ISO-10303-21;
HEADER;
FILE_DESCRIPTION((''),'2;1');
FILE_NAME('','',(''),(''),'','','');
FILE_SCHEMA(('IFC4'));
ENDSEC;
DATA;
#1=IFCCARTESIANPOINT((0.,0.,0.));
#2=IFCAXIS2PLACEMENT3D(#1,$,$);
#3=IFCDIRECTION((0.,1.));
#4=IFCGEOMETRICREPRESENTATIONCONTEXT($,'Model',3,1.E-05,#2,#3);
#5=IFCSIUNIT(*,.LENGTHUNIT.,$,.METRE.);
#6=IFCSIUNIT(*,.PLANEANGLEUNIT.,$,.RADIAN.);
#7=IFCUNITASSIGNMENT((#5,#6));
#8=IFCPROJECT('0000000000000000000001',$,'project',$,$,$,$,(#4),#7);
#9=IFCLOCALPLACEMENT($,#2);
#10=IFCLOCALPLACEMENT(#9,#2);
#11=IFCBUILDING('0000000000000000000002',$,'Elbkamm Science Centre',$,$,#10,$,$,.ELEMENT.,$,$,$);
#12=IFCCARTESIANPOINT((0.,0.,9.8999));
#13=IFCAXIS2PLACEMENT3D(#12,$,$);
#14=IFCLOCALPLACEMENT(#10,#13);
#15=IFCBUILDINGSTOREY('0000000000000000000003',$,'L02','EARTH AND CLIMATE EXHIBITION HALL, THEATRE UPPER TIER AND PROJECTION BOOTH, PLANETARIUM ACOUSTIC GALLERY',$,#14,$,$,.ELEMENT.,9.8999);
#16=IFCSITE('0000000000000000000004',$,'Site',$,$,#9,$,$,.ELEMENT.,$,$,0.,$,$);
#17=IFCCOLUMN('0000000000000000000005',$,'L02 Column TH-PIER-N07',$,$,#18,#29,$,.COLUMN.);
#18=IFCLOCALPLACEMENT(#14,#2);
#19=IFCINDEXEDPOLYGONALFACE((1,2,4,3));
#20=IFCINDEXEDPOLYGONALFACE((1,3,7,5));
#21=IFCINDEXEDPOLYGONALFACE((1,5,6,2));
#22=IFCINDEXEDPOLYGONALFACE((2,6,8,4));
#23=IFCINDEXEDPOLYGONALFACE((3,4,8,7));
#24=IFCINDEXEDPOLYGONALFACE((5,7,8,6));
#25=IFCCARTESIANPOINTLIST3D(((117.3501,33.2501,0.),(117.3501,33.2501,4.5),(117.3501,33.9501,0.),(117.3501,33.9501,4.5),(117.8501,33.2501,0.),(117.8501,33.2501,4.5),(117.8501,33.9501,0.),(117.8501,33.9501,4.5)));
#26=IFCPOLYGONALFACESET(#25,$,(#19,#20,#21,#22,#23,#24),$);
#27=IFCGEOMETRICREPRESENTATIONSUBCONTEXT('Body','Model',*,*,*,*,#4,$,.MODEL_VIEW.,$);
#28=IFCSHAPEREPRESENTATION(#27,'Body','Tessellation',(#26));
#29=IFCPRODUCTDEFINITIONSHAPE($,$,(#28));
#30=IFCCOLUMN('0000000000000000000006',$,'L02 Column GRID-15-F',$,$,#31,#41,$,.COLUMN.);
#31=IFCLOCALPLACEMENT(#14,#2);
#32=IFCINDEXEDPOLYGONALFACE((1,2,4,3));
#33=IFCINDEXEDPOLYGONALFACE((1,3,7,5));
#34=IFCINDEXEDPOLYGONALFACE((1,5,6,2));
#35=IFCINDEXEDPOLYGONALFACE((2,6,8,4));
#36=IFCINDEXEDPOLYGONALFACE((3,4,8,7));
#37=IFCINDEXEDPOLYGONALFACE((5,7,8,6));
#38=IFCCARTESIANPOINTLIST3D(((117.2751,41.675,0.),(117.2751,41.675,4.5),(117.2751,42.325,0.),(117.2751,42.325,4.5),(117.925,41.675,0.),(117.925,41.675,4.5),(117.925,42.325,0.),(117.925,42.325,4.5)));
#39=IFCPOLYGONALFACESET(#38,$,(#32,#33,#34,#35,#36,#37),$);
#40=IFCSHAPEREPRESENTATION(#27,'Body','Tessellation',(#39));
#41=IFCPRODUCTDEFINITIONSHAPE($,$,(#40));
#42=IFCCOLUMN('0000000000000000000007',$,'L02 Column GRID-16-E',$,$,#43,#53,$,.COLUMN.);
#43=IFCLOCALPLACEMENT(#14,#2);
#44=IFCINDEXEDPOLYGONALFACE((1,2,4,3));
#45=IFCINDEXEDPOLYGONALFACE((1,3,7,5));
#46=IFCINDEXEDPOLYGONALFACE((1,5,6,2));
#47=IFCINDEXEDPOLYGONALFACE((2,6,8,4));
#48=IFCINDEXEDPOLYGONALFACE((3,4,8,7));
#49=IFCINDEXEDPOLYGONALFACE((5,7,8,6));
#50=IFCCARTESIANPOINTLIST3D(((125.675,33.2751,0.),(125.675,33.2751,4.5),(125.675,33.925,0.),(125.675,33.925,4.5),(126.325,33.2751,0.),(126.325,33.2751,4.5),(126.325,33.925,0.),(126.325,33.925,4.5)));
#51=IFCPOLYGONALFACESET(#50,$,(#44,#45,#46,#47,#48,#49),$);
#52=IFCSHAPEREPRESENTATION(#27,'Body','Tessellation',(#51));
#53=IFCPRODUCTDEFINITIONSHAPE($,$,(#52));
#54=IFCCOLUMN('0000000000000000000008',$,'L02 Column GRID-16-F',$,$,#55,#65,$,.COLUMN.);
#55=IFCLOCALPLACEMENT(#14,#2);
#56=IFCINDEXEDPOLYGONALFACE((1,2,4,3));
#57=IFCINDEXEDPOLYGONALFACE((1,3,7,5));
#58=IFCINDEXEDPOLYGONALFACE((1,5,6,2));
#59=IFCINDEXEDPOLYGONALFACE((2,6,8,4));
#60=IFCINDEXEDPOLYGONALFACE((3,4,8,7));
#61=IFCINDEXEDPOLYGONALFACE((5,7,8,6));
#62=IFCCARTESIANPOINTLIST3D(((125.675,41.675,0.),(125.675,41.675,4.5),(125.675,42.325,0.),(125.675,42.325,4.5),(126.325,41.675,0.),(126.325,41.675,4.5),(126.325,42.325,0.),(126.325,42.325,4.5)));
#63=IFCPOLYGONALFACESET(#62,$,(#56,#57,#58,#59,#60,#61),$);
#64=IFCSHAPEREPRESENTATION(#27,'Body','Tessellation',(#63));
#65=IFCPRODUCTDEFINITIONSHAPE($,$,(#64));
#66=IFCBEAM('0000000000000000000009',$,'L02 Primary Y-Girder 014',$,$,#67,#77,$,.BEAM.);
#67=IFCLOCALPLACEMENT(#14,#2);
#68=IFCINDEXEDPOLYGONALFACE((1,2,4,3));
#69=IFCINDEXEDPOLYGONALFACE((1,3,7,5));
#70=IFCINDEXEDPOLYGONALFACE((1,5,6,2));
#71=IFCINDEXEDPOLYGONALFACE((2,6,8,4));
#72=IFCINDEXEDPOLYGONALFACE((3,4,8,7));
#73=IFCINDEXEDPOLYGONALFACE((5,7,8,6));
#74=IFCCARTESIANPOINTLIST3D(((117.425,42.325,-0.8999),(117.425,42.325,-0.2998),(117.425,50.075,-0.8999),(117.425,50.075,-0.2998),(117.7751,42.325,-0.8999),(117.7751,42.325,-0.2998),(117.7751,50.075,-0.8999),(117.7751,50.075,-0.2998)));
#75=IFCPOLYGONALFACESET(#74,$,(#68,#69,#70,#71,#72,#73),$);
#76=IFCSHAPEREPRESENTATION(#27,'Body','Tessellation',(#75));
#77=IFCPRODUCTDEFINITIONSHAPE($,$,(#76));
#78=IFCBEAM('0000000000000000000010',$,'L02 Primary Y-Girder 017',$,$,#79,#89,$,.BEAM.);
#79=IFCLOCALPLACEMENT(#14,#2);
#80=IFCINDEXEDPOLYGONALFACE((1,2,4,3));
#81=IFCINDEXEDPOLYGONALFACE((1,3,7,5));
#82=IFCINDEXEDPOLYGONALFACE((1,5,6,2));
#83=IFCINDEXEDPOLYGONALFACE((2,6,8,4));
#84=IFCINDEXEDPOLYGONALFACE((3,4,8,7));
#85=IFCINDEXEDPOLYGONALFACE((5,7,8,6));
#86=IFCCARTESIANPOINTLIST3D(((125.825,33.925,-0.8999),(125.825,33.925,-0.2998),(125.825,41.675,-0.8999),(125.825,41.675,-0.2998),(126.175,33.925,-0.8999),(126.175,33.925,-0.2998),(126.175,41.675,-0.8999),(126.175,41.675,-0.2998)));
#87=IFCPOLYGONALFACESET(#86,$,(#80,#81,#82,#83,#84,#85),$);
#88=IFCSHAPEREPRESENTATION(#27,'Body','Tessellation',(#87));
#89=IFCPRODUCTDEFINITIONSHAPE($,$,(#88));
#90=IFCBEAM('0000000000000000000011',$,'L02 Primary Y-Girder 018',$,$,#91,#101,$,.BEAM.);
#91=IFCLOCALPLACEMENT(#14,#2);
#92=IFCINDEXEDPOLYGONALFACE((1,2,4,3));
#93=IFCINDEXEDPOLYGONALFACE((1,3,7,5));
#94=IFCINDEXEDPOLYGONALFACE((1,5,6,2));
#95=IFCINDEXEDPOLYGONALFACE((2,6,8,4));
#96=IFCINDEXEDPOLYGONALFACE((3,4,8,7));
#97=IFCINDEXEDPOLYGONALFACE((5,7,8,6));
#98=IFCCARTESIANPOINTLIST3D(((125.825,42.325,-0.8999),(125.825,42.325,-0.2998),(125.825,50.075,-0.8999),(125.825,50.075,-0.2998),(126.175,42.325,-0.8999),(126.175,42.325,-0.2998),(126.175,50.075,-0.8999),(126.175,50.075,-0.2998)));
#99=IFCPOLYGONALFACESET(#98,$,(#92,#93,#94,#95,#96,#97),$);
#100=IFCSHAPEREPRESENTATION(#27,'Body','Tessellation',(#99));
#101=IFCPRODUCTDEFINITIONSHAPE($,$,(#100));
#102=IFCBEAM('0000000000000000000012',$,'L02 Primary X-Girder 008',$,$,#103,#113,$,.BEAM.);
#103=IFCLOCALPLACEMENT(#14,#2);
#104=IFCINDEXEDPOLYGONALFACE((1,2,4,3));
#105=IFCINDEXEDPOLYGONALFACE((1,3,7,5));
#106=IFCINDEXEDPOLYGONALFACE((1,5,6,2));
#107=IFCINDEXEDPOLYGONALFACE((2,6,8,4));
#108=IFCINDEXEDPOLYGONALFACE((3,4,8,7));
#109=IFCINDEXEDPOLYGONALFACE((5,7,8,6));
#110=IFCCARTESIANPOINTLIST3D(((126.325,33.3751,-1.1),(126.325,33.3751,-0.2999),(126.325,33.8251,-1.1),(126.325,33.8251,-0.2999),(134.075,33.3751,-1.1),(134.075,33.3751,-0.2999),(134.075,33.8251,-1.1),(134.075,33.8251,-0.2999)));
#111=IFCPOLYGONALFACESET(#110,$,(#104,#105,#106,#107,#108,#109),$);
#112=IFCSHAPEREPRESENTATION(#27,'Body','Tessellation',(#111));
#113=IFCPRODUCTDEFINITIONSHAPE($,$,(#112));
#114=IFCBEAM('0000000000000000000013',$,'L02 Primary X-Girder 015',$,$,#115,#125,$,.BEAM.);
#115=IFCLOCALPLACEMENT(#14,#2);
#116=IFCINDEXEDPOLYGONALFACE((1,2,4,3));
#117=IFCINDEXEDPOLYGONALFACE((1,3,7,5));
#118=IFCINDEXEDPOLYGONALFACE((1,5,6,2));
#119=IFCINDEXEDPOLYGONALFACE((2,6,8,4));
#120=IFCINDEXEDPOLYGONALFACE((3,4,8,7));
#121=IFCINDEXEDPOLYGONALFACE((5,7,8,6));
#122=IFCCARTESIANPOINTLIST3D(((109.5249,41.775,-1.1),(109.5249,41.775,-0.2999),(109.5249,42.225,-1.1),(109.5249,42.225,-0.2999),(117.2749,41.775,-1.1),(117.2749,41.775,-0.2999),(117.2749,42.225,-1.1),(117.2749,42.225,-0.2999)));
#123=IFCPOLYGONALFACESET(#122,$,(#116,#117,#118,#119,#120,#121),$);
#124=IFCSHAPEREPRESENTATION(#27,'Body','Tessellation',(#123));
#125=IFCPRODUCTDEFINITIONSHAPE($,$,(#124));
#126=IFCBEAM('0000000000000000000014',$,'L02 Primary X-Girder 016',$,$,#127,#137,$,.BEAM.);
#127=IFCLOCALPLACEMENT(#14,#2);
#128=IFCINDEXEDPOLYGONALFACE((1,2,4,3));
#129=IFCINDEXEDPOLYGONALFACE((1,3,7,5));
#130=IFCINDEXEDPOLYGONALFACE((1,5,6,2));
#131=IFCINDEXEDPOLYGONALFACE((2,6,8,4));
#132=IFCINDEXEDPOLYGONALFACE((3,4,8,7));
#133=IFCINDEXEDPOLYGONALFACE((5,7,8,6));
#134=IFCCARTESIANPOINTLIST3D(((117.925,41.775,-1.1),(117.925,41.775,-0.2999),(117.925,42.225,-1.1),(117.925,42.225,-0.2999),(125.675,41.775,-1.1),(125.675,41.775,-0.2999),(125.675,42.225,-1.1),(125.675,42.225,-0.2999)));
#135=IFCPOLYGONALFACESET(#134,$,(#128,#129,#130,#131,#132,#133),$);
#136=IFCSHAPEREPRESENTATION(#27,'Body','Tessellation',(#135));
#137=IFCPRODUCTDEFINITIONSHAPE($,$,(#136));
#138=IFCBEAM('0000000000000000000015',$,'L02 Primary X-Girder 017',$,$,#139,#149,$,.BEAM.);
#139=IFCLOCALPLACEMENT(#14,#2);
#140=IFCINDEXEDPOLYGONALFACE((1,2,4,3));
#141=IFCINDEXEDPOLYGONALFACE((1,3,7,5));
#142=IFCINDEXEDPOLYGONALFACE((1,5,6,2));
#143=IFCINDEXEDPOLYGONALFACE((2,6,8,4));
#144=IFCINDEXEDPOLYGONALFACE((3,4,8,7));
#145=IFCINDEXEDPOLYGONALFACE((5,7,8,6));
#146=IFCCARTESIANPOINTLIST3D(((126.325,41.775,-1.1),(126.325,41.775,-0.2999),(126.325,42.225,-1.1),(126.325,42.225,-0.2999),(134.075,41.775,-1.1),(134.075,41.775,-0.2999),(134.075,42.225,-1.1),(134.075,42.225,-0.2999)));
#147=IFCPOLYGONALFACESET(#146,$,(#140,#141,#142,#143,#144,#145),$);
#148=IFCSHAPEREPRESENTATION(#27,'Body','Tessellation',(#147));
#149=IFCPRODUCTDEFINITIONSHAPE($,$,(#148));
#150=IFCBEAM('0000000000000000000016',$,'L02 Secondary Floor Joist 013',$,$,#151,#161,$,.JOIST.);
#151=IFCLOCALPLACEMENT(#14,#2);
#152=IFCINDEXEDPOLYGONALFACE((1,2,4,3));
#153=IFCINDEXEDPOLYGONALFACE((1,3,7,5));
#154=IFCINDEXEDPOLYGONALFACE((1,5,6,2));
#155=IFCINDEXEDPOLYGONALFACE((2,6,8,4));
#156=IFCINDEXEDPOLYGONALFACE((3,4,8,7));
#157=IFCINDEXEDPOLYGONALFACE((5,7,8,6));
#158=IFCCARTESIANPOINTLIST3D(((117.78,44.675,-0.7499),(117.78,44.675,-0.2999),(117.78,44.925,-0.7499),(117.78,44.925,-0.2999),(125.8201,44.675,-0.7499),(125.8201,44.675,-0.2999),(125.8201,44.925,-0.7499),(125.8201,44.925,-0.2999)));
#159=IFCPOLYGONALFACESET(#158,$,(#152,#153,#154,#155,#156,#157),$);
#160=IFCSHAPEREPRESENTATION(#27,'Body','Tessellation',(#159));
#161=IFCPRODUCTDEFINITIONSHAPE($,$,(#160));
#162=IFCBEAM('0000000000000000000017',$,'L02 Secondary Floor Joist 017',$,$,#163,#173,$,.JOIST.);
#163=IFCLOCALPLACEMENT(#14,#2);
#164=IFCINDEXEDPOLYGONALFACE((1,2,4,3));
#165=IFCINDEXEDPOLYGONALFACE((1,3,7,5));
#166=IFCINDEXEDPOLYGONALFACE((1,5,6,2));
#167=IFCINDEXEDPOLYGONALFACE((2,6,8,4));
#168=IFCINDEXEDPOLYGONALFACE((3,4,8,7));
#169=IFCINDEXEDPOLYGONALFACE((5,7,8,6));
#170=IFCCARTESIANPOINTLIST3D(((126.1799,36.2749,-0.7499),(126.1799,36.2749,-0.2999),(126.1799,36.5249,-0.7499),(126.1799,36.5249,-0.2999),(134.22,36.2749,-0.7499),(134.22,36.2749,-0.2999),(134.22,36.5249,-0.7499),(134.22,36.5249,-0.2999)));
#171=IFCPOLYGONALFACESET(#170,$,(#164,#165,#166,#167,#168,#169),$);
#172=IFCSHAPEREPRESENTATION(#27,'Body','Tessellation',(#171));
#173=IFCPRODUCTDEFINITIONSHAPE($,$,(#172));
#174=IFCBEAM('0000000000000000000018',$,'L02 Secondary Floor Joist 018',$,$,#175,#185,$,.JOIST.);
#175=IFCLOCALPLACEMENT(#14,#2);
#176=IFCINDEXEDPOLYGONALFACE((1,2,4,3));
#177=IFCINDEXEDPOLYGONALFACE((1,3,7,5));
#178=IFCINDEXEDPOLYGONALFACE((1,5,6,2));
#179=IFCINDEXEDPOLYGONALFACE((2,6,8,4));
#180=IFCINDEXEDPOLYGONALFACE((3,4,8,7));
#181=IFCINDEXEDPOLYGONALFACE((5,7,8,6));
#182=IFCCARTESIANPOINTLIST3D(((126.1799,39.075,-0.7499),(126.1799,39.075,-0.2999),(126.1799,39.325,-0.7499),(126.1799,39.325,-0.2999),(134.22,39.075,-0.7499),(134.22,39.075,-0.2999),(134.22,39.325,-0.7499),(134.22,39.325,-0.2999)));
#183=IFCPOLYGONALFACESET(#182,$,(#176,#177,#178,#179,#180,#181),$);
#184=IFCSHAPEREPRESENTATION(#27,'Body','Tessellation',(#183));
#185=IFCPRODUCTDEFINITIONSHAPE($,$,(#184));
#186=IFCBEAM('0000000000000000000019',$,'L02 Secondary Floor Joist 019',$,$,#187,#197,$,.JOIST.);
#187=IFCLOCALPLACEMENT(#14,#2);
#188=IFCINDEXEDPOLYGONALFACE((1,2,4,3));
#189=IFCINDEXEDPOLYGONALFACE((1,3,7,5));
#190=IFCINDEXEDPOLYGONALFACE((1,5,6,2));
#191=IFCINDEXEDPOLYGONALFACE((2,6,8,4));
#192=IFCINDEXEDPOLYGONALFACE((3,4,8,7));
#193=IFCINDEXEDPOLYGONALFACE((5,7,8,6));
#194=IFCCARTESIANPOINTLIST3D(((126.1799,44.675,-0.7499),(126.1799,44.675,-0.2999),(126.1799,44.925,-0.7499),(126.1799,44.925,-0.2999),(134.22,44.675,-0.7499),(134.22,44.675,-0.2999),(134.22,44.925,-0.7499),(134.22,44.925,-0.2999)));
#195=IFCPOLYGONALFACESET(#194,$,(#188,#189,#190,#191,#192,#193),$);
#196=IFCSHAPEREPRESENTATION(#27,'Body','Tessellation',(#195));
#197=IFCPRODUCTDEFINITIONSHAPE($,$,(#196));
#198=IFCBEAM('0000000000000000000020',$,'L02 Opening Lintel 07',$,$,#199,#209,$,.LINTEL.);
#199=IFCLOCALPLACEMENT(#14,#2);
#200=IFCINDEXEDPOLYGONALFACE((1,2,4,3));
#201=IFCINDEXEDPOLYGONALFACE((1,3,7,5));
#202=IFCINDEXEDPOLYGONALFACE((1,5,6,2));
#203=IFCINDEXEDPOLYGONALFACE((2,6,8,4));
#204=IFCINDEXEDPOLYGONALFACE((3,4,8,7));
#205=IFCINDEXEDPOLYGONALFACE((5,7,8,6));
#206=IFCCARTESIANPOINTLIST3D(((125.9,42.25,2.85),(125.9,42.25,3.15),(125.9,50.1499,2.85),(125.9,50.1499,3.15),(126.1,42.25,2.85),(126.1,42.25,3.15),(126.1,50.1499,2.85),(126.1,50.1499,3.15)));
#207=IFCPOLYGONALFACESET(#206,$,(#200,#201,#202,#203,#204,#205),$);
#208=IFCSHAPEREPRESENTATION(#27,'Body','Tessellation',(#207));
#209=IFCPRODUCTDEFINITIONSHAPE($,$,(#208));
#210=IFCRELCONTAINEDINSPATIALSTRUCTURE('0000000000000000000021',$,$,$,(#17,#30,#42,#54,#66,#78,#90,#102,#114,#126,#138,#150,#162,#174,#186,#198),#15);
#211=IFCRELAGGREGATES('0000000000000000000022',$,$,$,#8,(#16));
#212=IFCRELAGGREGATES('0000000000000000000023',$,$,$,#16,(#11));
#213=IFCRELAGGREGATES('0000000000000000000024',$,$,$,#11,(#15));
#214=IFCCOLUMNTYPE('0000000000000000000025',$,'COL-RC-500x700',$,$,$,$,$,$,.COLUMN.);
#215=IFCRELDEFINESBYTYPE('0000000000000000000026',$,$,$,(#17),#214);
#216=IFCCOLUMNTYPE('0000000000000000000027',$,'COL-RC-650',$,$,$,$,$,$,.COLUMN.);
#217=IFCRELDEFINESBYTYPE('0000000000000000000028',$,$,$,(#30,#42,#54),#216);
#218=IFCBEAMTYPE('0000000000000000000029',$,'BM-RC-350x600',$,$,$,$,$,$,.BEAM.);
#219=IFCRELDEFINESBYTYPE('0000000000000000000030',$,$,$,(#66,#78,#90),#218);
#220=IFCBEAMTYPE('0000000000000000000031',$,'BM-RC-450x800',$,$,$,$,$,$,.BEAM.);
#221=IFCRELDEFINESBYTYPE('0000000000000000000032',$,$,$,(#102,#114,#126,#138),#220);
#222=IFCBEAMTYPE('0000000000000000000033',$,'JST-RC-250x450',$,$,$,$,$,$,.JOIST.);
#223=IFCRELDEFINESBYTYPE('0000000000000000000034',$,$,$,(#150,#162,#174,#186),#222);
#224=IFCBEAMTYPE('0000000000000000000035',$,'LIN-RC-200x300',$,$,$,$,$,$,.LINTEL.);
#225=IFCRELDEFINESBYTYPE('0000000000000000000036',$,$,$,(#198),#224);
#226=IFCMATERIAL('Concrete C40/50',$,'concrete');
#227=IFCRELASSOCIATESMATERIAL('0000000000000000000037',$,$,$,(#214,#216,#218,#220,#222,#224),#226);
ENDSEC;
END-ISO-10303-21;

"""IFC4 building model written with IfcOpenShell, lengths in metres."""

from ifc_helpers import new_model, si_unit, direction, frame, origin, origin_2d, place, context, subcontext, project, spatial, rectangle, extrude, material, material_profile, profile_set, type_object, element, save


model = new_model("IFC4")

# Units and contexts
model_context = context("Model", 3, precision=1e-05, world=origin(), true_north=direction((0.0, 1.0)))
body_context = subcontext(model_context, "Body", "Model", "MODEL_VIEW")
ifc_project = project(units=[si_unit("LENGTHUNIT", "METRE"), si_unit("PLANEANGLEUNIT", "RADIAN")], contexts=[model_context])

# Site, building, storey
site_placement = place(None, origin())
site = spatial("IfcSite", under=ifc_project, at=site_placement, Name="Site", CompositionType="ELEMENT", RefElevation=0.0)
building_placement = place(site_placement, origin())
building = spatial("IfcBuilding", under=site, at=building_placement, Name="Elbkamm Science Centre", CompositionType="ELEMENT")
storey_placement = place(building_placement, frame((0.0, 0.0, 9.8999)))
storey = spatial("IfcBuildingStorey", under=building, at=storey_placement, Name="L02", Description="EARTH AND CLIMATE EXHIBITION HALL, THEATRE UPPER TIER AND PROJECTION BOOTH, PLANETARIUM ACOUSTIC GALLERY", CompositionType="ELEMENT", Elevation=9.8999)

# Columns
ifc_material_1 = material(Name="Concrete C40/50", Category="concrete")
ifc_material_profile_1 = material_profile(ifc_material_1, rectangle(XDim=0.5, YDim=0.7, at=origin_2d()), Name="RC 500x700")
ifc_profile_set_1 = profile_set([ifc_material_profile_1], Name="Concrete C40/50")
column_type_1 = type_object("IfcColumnType", Name="COL-RC-500x700", PredefinedType="COLUMN", material=ifc_profile_set_1)
column_placement = place(storey_placement, frame((117.6001, 33.6001, 0.0), z_axis=(0.0, 0.0, 1.0), x_axis=(1.0, 0.0, 0.0)))
element("IfcColumn", 1, at=column_placement, inside=storey, type_object=column_type_1, Name="L02 Column TH-PIER-N07", PredefinedType="COLUMN", context=body_context, shape_type="SweptSolid", body=[
    extrude(rectangle(XDim=0.5, YDim=0.7, at=origin_2d()), origin(), (0.0, 0.0, 1.0), 4.5),
])
ifc_material_profile_2 = material_profile(ifc_material_1, rectangle(XDim=0.6499, YDim=0.6499, at=origin_2d()), Name="RC 650x650")
ifc_profile_set_2 = profile_set([ifc_material_profile_2], Name="Concrete C40/50")
column_type_2 = type_object("IfcColumnType", Name="COL-RC-650", PredefinedType="COLUMN", material=ifc_profile_set_2)
for number, where, z_axis, x_axis, name in (
    (2, (117.6001, 42.0, 0.0), (0.0, 0.0, 1.0), (1.0, 0.0, 0.0), "L02 Column GRID-15-F"),
    (3, (126.0, 33.6001, 0.0), (0.0, 0.0, 1.0), (1.0, 0.0, 0.0), "L02 Column GRID-16-E"),
    (4, (126.0, 42.0, 0.0), (0.0, 0.0, 1.0), (1.0, 0.0, 0.0), "L02 Column GRID-16-F"),
):
    element("IfcColumn", number, at=place(storey_placement, frame(where, z_axis=z_axis, x_axis=x_axis)), inside=storey, type_object=column_type_2, Name=name, PredefinedType="COLUMN", context=body_context, shape_type="SweptSolid", body=[
        extrude(rectangle(XDim=0.6499, YDim=0.6499, at=origin_2d()), origin(), (0.0, 0.0, 1.0), 4.5),
    ])

# Beams
ifc_material_profile_3 = material_profile(ifc_material_1, rectangle(XDim=0.3501, YDim=0.6001, at=origin_2d()), Name="RC 350x600")
ifc_profile_set_3 = profile_set([ifc_material_profile_3], Name="Concrete C40/50")
beam_type_1 = type_object("IfcBeamType", Name="BM-RC-350x600", PredefinedType="BEAM", material=ifc_profile_set_3)
for number, where, z_axis, x_axis, name in (
    (5, (117.6001, 42.325, -0.5999), (0.0, 1.0, 0.0), (-1.0, 0.0, 0.0), "L02 Primary Y-Girder 014"),
    (6, (126.0, 33.925, -0.5999), (0.0, 1.0, 0.0), (-1.0, 0.0, 0.0), "L02 Primary Y-Girder 017"),
    (7, (126.0, 42.325, -0.5999), (0.0, 1.0, 0.0), (-1.0, 0.0, 0.0), "L02 Primary Y-Girder 018"),
):
    element("IfcBeam", number, at=place(storey_placement, frame(where, z_axis=z_axis, x_axis=x_axis)), inside=storey, type_object=beam_type_1, Name=name, PredefinedType="BEAM", context=body_context, shape_type="SweptSolid", body=[
        extrude(rectangle(XDim=0.3501, YDim=0.6001, at=origin_2d()), origin(), (0.0, 0.0, 1.0), 7.75),
    ])
ifc_material_profile_4 = material_profile(ifc_material_1, rectangle(XDim=0.45, YDim=0.8, at=origin_2d()), Name="RC 450x800")
ifc_profile_set_4 = profile_set([ifc_material_profile_4], Name="Concrete C40/50")
beam_type_2 = type_object("IfcBeamType", Name="BM-RC-450x800", PredefinedType="BEAM", material=ifc_profile_set_4)
for number, where, z_axis, x_axis, name in (
    (8, (126.325, 33.6001, -0.7), (1.0, 0.0, 0.0), (0.0, 1.0, 0.0), "L02 Primary X-Girder 008"),
    (9, (109.5249, 42.0, -0.7), (1.0, 0.0, 0.0), (0.0, 1.0, 0.0), "L02 Primary X-Girder 015"),
    (10, (117.925, 42.0, -0.7), (1.0, 0.0, 0.0), (0.0, 1.0, 0.0), "L02 Primary X-Girder 016"),
    (11, (126.325, 42.0, -0.7), (1.0, 0.0, 0.0), (0.0, 1.0, 0.0), "L02 Primary X-Girder 017"),
):
    element("IfcBeam", number, at=place(storey_placement, frame(where, z_axis=z_axis, x_axis=x_axis)), inside=storey, type_object=beam_type_2, Name=name, PredefinedType="BEAM", context=body_context, shape_type="SweptSolid", body=[
        extrude(rectangle(XDim=0.45, YDim=0.8, at=origin_2d()), origin(), (0.0, 0.0, 1.0), 7.75),
    ])
ifc_material_profile_5 = material_profile(ifc_material_1, rectangle(XDim=0.25, YDim=0.45, at=origin_2d()), Name="RC 250x450")
ifc_profile_set_5 = profile_set([ifc_material_profile_5], Name="Concrete C40/50")
beam_type_3 = type_object("IfcBeamType", Name="JST-RC-250x450", PredefinedType="JOIST", material=ifc_profile_set_5)
for number, where, z_axis, x_axis, name in (
    (12, (117.78, 44.8, -0.5249), (1.0, 0.0, 0.0), (0.0, 1.0, 0.0), "L02 Secondary Floor Joist 013"),
    (13, (126.1799, 36.3999, -0.5249), (1.0, 0.0, 0.0), (0.0, 1.0, 0.0), "L02 Secondary Floor Joist 017"),
    (14, (126.1799, 39.2, -0.5249), (1.0, 0.0, 0.0), (0.0, 1.0, 0.0), "L02 Secondary Floor Joist 018"),
    (15, (126.1799, 44.8, -0.5249), (1.0, 0.0, 0.0), (0.0, 1.0, 0.0), "L02 Secondary Floor Joist 019"),
):
    element("IfcBeam", number, at=place(storey_placement, frame(where, z_axis=z_axis, x_axis=x_axis)), inside=storey, type_object=beam_type_3, Name=name, PredefinedType="JOIST", context=body_context, shape_type="SweptSolid", body=[
        extrude(rectangle(XDim=0.25, YDim=0.45, at=origin_2d()), origin(), (0.0, 0.0, 1.0), 8.04),
    ])
ifc_material_profile_6 = material_profile(ifc_material_1, rectangle(XDim=0.2, YDim=0.3, at=origin_2d()), Name="RC 200x300")
ifc_profile_set_6 = profile_set([ifc_material_profile_6], Name="Concrete C40/50")
beam_type_4 = type_object("IfcBeamType", Name="LIN-RC-200x300", PredefinedType="LINTEL", material=ifc_profile_set_6)
beam_placement = place(storey_placement, frame((126.0, 42.25, 3.0), z_axis=(0.0, 1.0, 0.0), x_axis=(-1.0, 0.0, 0.0)))
element("IfcBeam", 16, at=beam_placement, inside=storey, type_object=beam_type_4, Name="L02 Opening Lintel 07", PredefinedType="LINTEL", context=body_context, shape_type="SweptSolid", body=[
    extrude(rectangle(XDim=0.2, YDim=0.3, at=origin_2d()), origin(), (0.0, 0.0, 1.0), 7.8999),
])

save(model, "model.ifc")
